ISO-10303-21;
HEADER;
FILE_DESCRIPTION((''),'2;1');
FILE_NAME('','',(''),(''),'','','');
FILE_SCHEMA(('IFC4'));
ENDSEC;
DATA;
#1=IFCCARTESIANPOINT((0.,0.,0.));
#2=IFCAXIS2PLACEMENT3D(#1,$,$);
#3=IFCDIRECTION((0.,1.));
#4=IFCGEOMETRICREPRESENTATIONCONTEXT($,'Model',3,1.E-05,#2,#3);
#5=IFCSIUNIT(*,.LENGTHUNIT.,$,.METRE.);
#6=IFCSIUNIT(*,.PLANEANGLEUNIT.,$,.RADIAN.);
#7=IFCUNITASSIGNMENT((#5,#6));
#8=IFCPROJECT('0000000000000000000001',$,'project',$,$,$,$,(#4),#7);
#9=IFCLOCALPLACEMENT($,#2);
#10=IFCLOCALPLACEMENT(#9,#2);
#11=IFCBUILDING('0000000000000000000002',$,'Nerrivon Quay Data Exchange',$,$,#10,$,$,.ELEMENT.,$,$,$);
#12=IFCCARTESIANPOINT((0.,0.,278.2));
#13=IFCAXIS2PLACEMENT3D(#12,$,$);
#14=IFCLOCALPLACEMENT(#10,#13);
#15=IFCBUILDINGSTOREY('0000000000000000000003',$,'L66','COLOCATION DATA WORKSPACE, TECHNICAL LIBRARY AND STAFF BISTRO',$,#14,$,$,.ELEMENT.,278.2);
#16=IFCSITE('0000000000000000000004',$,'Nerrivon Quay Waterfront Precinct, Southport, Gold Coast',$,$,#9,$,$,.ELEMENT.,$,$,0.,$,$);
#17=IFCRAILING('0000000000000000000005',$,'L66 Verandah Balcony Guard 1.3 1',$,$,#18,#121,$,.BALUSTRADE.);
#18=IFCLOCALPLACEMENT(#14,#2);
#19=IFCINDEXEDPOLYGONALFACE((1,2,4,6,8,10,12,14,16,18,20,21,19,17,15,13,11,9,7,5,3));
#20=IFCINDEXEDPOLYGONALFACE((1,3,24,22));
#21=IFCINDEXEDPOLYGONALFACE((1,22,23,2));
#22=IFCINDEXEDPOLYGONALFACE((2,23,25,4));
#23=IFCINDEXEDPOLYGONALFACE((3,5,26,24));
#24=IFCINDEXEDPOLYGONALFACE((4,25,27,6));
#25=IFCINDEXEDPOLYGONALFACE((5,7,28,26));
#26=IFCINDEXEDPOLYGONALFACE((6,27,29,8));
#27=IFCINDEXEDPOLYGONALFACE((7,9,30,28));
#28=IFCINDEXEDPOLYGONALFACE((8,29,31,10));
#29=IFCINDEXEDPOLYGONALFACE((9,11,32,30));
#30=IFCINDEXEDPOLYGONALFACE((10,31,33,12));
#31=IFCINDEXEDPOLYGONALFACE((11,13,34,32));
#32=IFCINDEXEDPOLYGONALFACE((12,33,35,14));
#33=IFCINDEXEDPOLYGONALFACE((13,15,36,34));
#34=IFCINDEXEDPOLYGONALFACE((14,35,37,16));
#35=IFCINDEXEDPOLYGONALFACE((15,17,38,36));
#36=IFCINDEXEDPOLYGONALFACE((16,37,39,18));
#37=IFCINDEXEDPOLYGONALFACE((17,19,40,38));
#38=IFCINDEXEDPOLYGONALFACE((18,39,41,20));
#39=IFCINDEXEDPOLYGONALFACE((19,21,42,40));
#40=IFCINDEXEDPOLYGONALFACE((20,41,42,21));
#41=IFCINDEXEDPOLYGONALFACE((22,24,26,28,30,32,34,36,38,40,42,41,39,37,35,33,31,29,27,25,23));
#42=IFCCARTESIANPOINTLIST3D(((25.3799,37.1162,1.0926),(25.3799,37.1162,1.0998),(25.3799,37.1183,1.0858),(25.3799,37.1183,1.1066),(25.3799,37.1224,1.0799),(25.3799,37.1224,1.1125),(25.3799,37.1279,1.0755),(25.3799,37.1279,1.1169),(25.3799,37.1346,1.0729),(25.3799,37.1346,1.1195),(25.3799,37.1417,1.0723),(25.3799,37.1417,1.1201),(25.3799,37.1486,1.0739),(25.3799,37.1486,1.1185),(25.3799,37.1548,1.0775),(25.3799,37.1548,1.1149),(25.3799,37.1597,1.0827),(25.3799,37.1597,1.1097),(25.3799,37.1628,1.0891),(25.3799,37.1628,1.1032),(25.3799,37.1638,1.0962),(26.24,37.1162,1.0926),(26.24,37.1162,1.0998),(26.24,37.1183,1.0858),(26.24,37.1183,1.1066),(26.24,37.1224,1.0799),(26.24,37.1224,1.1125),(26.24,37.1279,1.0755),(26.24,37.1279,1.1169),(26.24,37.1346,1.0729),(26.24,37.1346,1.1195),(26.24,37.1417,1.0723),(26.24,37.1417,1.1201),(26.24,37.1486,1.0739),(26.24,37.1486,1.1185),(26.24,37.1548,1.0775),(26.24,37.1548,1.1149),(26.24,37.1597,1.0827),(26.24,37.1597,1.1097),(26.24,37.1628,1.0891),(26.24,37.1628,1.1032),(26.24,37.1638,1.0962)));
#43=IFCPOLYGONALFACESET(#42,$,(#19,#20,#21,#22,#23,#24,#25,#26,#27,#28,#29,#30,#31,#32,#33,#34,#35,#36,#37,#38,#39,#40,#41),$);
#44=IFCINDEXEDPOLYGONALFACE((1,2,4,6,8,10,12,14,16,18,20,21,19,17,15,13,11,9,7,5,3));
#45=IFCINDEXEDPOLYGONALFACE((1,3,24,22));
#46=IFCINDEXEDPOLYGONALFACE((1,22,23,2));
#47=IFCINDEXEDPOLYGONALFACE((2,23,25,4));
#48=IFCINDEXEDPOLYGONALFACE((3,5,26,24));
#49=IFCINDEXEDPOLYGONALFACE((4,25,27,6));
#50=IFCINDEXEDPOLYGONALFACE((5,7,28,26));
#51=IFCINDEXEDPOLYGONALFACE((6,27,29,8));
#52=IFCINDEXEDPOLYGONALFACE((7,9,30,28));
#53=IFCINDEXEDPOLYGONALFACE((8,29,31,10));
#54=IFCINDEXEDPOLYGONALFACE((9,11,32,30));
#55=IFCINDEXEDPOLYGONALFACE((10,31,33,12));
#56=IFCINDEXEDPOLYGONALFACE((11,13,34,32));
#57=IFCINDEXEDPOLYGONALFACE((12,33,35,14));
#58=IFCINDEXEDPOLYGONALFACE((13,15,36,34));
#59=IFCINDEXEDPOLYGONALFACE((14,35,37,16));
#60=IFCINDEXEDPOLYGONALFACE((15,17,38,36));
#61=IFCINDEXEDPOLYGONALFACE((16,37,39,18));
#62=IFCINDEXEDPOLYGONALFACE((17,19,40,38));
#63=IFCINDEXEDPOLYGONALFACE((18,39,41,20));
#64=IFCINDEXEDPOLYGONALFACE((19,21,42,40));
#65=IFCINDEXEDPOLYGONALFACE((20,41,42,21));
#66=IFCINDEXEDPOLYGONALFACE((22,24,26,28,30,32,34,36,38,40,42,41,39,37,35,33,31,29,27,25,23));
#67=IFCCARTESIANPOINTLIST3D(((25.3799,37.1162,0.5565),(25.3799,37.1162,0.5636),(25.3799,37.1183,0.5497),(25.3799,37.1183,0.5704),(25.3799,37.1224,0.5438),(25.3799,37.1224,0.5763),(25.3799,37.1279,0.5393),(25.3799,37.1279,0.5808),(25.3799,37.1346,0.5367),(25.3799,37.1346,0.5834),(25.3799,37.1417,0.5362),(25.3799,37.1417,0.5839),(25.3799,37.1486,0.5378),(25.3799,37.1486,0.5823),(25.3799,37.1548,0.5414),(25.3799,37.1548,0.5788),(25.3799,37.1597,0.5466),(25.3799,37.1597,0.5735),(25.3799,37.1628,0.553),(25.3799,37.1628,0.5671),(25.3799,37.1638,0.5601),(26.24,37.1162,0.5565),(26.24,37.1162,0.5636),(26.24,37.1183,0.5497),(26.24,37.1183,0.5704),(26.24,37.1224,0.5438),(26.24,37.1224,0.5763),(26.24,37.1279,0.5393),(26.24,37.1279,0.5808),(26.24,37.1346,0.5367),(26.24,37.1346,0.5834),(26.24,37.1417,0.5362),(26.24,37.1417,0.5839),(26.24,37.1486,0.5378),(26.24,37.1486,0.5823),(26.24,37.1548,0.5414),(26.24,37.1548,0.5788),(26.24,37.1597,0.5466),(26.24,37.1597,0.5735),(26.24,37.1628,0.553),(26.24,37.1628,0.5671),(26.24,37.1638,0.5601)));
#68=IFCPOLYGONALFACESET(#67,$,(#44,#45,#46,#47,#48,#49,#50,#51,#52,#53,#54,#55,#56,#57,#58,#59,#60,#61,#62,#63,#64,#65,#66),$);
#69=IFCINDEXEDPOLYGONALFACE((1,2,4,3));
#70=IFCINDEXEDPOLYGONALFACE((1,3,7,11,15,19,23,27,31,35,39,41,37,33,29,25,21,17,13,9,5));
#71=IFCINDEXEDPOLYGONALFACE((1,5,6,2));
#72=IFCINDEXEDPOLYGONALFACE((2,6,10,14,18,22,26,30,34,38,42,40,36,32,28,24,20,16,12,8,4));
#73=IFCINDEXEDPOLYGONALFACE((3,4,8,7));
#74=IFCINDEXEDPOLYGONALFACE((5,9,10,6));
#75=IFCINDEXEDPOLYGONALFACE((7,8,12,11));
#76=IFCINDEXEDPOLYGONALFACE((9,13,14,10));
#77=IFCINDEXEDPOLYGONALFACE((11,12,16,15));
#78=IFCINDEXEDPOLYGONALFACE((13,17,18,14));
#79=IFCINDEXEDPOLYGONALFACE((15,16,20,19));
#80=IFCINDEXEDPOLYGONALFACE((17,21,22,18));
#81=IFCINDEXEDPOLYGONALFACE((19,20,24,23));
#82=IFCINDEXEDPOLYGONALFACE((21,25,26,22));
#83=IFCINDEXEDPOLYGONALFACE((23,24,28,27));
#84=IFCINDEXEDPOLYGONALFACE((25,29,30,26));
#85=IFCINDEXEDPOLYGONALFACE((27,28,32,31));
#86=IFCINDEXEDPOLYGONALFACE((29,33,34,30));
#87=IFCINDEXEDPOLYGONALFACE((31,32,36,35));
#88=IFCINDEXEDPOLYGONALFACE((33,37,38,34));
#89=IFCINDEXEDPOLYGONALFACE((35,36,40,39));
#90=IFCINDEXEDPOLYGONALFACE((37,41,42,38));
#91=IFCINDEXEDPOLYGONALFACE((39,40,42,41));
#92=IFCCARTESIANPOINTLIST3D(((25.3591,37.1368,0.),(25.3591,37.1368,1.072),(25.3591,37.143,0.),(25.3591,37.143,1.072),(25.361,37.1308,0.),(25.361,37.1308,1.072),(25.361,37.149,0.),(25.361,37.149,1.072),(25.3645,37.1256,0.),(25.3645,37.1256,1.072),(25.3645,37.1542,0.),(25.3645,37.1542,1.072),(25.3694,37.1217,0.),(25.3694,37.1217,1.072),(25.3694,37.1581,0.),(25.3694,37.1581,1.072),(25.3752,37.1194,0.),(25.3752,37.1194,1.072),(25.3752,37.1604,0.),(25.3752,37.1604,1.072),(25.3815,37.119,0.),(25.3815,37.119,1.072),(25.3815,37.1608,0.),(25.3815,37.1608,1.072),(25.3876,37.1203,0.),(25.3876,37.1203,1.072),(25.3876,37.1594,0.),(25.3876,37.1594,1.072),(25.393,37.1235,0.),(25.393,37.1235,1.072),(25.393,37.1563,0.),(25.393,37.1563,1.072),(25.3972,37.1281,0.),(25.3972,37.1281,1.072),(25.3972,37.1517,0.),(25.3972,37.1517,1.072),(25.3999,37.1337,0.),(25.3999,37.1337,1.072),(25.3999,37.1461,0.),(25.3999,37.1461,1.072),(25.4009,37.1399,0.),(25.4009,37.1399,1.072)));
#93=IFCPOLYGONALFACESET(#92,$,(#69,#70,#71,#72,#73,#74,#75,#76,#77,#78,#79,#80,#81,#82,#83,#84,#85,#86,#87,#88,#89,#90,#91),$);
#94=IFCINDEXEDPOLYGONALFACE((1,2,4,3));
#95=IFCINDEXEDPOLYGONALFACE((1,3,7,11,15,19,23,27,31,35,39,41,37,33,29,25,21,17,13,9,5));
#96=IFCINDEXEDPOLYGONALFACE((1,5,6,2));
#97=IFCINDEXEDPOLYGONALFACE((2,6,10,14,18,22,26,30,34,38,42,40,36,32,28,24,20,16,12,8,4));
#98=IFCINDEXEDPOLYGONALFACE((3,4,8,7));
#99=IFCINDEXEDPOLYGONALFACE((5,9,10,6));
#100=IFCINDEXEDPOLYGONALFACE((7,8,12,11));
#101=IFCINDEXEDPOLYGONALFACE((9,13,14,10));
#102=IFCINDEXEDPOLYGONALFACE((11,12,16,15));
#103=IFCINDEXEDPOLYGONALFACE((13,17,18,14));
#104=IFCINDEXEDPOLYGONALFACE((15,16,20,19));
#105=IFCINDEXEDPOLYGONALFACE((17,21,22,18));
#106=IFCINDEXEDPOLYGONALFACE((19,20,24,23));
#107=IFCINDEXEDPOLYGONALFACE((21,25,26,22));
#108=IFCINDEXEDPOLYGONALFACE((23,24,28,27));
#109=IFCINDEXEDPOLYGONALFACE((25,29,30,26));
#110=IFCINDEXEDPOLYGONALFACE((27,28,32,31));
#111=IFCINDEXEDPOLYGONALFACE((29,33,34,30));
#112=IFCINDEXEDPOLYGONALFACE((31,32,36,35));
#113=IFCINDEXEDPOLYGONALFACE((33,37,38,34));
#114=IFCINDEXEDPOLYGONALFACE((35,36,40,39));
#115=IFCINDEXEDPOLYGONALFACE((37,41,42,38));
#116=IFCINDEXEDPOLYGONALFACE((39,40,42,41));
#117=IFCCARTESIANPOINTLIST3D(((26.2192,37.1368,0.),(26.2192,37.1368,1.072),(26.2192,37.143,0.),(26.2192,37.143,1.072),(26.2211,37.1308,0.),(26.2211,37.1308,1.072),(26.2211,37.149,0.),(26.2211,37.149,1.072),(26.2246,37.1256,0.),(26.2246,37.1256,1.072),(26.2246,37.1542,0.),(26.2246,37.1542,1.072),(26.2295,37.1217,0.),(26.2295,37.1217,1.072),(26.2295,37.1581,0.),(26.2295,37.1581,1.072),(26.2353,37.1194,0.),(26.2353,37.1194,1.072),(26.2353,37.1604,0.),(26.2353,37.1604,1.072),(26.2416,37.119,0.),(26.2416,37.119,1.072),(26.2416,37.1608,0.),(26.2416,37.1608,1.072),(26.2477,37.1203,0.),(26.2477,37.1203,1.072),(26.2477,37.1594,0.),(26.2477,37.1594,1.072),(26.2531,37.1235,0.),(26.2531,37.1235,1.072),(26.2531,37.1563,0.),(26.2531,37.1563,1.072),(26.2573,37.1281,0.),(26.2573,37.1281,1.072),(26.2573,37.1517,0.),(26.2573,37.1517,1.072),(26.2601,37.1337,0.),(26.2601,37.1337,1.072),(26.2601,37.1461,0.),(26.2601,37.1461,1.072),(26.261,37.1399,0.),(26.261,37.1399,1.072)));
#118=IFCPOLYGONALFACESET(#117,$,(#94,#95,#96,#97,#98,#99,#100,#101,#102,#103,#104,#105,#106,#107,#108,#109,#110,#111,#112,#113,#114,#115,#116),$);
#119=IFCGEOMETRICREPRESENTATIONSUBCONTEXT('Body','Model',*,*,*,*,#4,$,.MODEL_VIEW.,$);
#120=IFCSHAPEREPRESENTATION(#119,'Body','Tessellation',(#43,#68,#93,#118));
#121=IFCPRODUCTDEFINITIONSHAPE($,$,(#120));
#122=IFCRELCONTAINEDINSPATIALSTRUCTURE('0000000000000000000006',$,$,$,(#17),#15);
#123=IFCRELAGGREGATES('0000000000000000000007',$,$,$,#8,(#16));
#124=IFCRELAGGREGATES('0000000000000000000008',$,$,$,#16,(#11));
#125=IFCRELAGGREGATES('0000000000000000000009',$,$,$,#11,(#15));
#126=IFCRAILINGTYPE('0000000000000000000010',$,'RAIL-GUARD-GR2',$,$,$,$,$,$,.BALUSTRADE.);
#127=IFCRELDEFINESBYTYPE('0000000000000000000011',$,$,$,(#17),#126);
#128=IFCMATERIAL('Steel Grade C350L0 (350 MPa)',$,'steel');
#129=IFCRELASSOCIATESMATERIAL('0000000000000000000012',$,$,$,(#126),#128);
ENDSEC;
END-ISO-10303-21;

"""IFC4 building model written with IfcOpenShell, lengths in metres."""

from ifc_helpers import new_model, si_unit, direction, frame, origin, origin_2d, place, context, subcontext, project, spatial, circle, extrude, material, type_object, element, save


model = new_model("IFC4")

# Units and contexts
model_context = context("Model", 3, precision=1e-05, world=origin(), true_north=direction((0.0, 1.0)))
body_context = subcontext(model_context, "Body", "Model", "MODEL_VIEW")
ifc_project = project(units=[si_unit("LENGTHUNIT", "METRE"), si_unit("PLANEANGLEUNIT", "RADIAN")], contexts=[model_context])

# Site, building, storey
site_placement = place(None, origin())
site = spatial("IfcSite", under=ifc_project, at=site_placement, Name="Nerrivon Quay Waterfront Precinct, Southport, Gold Coast", CompositionType="ELEMENT", RefElevation=0.0)
building_placement = place(site_placement, origin())
building = spatial("IfcBuilding", under=site, at=building_placement, Name="Nerrivon Quay Data Exchange", CompositionType="ELEMENT")
storey_placement = place(building_placement, frame((0.0, 0.0, 278.2)))
storey = spatial("IfcBuildingStorey", under=building, at=storey_placement, Name="L66", Description="COLOCATION DATA WORKSPACE, TECHNICAL LIBRARY AND STAFF BISTRO", CompositionType="ELEMENT", Elevation=278.2)

# Shared definitions
ifc_material_1 = material(Name="Steel Grade C350L0 (350 MPa)", Category="steel")

# Railing
railing_type = type_object("IfcRailingType", Name="RAIL-GUARD-GR2", PredefinedType="BALUSTRADE", material=ifc_material_1)
railing_1_placement = place(storey_placement, frame((25.3799, 37.1399, 0.0)))
element("IfcRailing", 1, at=railing_1_placement, inside=storey, type_object=railing_type, Name="L66 Verandah Balcony Guard 1.3 1", PredefinedType="BALUSTRADE", context=body_context, shape_type="SweptSolid", body=[
    extrude(circle(Radius=0.0239, at=origin_2d()), frame((0.0, 0.0, 1.0962), z_axis=(1.0, 0.0, 0.0), x_axis=(0.0, 1.0, 0.0)), (0.0, 0.0, 1.0), 0.8601),
    extrude(circle(Radius=0.0239, at=origin_2d()), frame((0.0, 0.0, 0.5601), z_axis=(1.0, 0.0, 0.0), x_axis=(0.0, 1.0, 0.0)), (0.0, 0.0, 1.0), 0.8601),
    extrude(circle(Radius=0.021, at=origin_2d()), origin(), (0.0, 0.0, 1.0), 1.072),
    extrude(circle(Radius=0.021, at=origin_2d()), frame((0.8601, 0.0, 0.0)), (0.0, 0.0, 1.0), 1.072),
])

save(model, "model.ifc")
